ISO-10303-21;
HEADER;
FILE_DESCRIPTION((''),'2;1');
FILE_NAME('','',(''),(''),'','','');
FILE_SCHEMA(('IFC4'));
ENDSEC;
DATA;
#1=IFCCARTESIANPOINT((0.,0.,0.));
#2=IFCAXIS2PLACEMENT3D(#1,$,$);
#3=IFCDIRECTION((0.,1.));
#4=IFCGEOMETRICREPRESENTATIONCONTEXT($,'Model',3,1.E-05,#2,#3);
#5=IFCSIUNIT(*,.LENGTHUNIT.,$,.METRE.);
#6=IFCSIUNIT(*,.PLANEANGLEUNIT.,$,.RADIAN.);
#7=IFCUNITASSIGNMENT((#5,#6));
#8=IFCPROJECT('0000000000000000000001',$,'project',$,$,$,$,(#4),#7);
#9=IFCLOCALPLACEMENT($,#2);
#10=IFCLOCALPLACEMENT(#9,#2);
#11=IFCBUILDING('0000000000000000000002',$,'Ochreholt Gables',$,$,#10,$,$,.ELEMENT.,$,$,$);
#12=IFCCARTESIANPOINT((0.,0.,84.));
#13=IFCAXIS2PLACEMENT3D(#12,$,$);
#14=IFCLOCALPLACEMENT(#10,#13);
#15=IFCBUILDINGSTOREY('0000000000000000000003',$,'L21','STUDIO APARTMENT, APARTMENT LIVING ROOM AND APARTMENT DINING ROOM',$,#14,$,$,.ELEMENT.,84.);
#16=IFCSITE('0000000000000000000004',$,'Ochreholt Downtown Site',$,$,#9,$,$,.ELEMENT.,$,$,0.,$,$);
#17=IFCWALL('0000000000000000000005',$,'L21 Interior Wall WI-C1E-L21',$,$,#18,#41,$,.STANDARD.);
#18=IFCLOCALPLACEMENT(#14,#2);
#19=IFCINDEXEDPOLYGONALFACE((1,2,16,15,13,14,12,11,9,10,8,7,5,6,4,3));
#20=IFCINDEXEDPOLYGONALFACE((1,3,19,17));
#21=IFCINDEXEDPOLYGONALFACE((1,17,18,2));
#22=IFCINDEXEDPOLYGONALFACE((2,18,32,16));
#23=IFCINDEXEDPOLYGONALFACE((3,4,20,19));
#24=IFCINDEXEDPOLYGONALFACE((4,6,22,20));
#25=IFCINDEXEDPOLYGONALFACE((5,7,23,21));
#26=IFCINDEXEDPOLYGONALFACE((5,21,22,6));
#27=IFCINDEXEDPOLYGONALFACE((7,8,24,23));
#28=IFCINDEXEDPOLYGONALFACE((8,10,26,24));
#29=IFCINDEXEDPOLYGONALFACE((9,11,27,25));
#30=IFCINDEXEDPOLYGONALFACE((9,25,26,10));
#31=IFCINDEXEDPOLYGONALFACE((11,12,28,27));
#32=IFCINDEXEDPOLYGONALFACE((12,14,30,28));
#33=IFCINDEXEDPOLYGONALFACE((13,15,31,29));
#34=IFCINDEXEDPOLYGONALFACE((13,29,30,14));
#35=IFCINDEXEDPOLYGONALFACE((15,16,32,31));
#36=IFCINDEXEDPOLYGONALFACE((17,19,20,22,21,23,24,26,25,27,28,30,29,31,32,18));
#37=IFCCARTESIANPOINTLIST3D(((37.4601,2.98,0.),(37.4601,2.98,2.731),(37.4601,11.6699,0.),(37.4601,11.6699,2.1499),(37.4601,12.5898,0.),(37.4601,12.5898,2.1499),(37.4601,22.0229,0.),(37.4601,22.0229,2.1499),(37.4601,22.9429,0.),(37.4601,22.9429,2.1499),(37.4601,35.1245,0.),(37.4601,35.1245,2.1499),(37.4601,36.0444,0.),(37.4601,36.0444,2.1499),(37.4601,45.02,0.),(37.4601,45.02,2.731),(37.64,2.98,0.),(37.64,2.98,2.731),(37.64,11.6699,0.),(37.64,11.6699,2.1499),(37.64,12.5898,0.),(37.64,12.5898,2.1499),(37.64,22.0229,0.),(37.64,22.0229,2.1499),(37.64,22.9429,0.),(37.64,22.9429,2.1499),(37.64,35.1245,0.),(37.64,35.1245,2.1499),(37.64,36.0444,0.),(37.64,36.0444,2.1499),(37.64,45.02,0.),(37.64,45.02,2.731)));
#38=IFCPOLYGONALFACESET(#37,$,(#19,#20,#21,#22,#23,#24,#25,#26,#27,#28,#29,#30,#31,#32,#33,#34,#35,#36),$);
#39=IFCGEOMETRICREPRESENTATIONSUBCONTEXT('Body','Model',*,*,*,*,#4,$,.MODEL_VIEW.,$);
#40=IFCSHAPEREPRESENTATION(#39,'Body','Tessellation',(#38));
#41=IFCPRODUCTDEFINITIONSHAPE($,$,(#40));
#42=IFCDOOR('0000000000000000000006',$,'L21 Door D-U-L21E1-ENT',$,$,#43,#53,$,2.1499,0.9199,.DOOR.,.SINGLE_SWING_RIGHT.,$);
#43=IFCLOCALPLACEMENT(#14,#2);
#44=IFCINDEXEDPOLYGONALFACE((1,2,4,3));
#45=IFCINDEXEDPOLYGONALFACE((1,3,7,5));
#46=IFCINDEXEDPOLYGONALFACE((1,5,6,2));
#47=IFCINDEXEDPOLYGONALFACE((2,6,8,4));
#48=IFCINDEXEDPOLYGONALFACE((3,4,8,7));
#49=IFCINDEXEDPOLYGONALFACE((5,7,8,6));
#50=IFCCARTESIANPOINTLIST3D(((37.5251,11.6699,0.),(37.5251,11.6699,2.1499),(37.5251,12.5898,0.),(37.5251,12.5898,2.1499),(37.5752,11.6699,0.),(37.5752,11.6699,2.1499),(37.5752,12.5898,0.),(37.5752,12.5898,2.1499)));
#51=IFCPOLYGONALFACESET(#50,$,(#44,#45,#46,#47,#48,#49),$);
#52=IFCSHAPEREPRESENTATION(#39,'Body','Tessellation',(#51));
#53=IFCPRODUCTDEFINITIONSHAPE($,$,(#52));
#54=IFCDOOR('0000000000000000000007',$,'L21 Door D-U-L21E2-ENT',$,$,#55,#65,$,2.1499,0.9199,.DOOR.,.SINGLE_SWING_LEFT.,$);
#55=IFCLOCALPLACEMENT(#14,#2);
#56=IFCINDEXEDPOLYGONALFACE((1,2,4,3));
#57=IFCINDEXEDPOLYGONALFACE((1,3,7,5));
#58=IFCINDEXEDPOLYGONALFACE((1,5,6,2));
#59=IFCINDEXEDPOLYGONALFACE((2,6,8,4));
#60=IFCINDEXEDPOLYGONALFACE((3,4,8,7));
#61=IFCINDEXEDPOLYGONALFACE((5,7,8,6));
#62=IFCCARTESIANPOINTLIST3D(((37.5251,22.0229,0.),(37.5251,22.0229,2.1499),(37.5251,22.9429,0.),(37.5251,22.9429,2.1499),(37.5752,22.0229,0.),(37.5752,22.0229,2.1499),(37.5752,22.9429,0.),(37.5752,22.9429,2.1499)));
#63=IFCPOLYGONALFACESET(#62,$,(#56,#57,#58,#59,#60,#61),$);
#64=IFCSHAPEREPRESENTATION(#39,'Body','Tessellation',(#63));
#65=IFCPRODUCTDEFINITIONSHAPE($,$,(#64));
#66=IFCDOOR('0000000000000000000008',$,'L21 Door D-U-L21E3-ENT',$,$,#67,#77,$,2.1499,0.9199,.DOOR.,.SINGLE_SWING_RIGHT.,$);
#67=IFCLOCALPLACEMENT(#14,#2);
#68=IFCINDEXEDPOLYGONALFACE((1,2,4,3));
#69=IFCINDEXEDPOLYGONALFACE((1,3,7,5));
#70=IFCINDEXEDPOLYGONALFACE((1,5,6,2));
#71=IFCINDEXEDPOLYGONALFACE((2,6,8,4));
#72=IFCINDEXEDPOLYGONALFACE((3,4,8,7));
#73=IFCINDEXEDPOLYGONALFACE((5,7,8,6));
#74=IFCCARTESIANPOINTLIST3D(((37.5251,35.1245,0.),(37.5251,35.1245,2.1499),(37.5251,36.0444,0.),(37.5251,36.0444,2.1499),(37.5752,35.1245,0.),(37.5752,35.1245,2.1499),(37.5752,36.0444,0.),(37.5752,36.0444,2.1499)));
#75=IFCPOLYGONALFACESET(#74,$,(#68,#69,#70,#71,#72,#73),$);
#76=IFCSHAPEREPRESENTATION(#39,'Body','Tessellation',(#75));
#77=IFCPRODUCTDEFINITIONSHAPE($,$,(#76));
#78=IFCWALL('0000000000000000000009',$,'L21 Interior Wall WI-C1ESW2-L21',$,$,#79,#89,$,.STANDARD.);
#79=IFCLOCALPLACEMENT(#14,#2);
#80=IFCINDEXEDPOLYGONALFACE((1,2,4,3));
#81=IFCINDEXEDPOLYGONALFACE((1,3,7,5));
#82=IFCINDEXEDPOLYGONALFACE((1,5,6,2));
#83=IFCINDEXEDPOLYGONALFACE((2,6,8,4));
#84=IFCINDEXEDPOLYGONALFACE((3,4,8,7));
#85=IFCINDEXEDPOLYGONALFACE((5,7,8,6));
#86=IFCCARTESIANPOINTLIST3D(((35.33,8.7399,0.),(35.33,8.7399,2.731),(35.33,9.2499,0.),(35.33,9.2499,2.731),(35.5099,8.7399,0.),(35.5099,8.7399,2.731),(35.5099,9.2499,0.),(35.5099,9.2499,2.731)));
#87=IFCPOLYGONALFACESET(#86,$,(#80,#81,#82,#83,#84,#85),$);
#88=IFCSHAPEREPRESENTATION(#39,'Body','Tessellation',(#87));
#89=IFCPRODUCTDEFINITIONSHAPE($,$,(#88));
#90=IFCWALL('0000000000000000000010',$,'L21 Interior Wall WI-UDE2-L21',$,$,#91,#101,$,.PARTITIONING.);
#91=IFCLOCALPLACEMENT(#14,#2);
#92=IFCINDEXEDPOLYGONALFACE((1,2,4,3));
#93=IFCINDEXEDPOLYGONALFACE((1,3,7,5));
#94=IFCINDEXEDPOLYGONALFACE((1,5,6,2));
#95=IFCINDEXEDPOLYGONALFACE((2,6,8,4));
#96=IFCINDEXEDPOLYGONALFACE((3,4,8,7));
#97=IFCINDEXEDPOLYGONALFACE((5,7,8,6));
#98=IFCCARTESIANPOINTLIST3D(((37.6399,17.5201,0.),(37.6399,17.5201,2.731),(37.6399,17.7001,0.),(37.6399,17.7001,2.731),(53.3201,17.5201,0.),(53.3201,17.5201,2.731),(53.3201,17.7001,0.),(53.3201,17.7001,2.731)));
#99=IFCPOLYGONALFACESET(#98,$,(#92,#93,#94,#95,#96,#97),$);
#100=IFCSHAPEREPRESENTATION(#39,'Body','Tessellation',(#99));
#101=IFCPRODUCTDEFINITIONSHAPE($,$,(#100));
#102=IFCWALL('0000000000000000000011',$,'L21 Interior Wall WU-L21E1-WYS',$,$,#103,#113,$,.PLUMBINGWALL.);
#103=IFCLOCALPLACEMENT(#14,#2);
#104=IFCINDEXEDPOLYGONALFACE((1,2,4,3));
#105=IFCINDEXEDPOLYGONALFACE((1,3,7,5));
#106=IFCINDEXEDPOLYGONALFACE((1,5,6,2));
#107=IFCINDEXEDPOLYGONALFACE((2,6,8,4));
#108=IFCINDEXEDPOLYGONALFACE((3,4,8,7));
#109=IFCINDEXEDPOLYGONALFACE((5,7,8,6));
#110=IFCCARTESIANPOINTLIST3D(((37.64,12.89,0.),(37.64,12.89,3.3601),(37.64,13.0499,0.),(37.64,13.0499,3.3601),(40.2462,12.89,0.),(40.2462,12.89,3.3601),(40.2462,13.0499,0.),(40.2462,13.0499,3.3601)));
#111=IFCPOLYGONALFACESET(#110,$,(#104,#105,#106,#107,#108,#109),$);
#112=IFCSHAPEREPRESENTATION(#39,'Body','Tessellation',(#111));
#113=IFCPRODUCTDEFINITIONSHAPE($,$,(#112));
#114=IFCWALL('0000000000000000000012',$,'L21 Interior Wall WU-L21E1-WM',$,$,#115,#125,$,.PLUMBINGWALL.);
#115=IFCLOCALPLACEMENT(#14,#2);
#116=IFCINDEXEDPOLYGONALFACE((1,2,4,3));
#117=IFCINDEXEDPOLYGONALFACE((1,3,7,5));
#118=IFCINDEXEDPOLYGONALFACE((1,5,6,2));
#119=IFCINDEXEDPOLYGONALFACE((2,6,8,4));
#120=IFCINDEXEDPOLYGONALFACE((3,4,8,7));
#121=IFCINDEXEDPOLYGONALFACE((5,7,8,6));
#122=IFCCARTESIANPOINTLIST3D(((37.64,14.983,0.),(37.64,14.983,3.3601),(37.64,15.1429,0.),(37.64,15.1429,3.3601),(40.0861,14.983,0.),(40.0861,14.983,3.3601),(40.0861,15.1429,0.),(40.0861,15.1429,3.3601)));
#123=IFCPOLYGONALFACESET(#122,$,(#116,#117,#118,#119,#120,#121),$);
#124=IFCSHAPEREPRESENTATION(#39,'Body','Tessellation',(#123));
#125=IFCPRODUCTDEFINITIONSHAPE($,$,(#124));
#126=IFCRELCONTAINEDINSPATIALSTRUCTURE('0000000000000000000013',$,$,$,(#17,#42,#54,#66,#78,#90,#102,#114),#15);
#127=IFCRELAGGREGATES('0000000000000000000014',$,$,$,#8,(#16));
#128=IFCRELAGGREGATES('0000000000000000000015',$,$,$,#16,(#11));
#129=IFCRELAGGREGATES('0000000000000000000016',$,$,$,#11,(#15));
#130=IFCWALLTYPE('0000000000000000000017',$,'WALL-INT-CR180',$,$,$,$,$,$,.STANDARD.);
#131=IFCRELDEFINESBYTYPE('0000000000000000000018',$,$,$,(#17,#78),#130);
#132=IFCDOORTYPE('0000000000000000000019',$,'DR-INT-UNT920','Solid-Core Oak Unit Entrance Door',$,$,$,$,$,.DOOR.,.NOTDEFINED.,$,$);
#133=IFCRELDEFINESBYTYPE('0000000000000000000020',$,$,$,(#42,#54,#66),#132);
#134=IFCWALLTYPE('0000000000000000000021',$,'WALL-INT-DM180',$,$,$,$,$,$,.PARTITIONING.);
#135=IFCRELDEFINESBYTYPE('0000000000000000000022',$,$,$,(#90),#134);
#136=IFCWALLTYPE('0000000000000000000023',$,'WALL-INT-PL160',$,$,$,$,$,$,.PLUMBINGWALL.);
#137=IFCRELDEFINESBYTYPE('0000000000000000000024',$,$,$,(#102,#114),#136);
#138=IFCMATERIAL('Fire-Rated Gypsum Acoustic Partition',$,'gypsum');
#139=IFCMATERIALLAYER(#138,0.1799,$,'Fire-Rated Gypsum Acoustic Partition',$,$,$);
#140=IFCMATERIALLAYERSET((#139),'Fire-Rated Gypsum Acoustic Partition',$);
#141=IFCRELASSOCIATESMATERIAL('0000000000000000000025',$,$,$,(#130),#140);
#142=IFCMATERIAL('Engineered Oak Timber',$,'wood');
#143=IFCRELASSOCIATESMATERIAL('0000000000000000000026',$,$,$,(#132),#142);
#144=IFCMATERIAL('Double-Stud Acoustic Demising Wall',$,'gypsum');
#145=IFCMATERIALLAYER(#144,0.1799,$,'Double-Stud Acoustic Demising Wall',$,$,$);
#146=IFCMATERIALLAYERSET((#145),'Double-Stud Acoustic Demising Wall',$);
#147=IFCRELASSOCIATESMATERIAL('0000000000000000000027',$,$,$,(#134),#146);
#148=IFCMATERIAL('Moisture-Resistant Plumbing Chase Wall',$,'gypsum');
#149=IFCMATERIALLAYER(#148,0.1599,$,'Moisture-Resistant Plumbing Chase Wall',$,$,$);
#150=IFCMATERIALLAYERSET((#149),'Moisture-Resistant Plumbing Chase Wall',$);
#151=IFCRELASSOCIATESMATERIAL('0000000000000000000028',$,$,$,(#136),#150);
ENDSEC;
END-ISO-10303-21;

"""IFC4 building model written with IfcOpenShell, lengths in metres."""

from ifc_helpers import new_model, si_unit, direction, frame, frame_2d, origin, place, context, subcontext, project, spatial, rectangle, extrude, material, layer, layer_set, type_object, element, fill, save


model = new_model("IFC4")

# Units and contexts
model_context = context("Model", 3, precision=1e-05, world=origin(), true_north=direction((0.0, 1.0)))
body_context = subcontext(model_context, "Body", "Model", "MODEL_VIEW")
ifc_project = project(units=[si_unit("LENGTHUNIT", "METRE"), si_unit("PLANEANGLEUNIT", "RADIAN")], contexts=[model_context])

# Site, building, storey
site_placement = place(None, origin())
site = spatial("IfcSite", under=ifc_project, at=site_placement, Name="Ochreholt Downtown Site", CompositionType="ELEMENT", RefElevation=0.0)
building_placement = place(site_placement, origin())
building = spatial("IfcBuilding", under=site, at=building_placement, Name="Ochreholt Gables", CompositionType="ELEMENT")
storey_placement = place(building_placement, frame((0.0, 0.0, 84.0)))
storey = spatial("IfcBuildingStorey", under=building, at=storey_placement, Name="L21", Description="STUDIO APARTMENT, APARTMENT LIVING ROOM AND APARTMENT DINING ROOM", CompositionType="ELEMENT", Elevation=84.0)

# Wall, openings, doors
ifc_material_1 = material(Name="Fire-Rated Gypsum Acoustic Partition", Category="gypsum")
ifc_layer_1 = layer(ifc_material_1, 0.1799, Name="Fire-Rated Gypsum Acoustic Partition")
ifc_layer_set_1 = layer_set([ifc_layer_1], Name="Fire-Rated Gypsum Acoustic Partition")
wall_type_1 = type_object("IfcWallType", Name="WALL-INT-CR180", PredefinedType="STANDARD", material=ifc_layer_set_1)
wall_1_placement = place(storey_placement, frame((37.55, 2.98, 0.0), z_axis=(0.0, 0.0, 1.0), x_axis=(0.0, 1.0, 0.0)))
wall_1 = element("IfcWall", 1, at=wall_1_placement, inside=storey, type_object=wall_type_1, Name="L21 Interior Wall WI-C1E-L21", PredefinedType="STANDARD", context=body_context, shape_type="SweptSolid", body=[
    extrude(rectangle(XDim=42.04, YDim=0.1799, at=frame_2d((21.02, 0.0))), origin(), (0.0, 0.0, 1.0), 2.731),
])
opening_1_placement = place(wall_1_placement, frame((8.6899, 0.0, 0.0)))
opening_1 = element("IfcOpeningElement", 2, at=opening_1_placement, cuts=wall_1, PredefinedType="OPENING", context=body_context, shape_type="SweptSolid", body=[
    extrude(rectangle(XDim=0.9199, YDim=2.1499, at=frame_2d((0.46, 1.075))), frame((0.0, 0.0999, 0.0), z_axis=(0.0, -1.0, 0.0), x_axis=(1.0, 0.0, 0.0)), (0.0, 0.0, 1.0), 0.2),
])
opening_2_placement = place(wall_1_placement, frame((19.043, 0.0, 0.0)))
opening_2 = element("IfcOpeningElement", 3, at=opening_2_placement, cuts=wall_1, PredefinedType="OPENING", context=body_context, shape_type="SweptSolid", body=[
    extrude(rectangle(XDim=0.9199, YDim=2.1499, at=frame_2d((0.46, 1.075))), frame((0.0, 0.0999, 0.0), z_axis=(0.0, -1.0, 0.0), x_axis=(1.0, 0.0, 0.0)), (0.0, 0.0, 1.0), 0.2),
])
opening_3_placement = place(wall_1_placement, frame((32.1445, 0.0, 0.0)))
opening_3 = element("IfcOpeningElement", 4, at=opening_3_placement, cuts=wall_1, PredefinedType="OPENING", context=body_context, shape_type="SweptSolid", body=[
    extrude(rectangle(XDim=0.9199, YDim=2.1499, at=frame_2d((0.46, 1.075))), frame((0.0, 0.0999, 0.0), z_axis=(0.0, -1.0, 0.0), x_axis=(1.0, 0.0, 0.0)), (0.0, 0.0, 1.0), 0.2),
])
ifc_material_2 = material(Name="Engineered Oak Timber", Category="wood")
door_type_1 = type_object("IfcDoorType", Name="DR-INT-UNT920", Description="Solid-Core Oak Unit Entrance Door", OperationType="NOTDEFINED", PredefinedType="DOOR", material=ifc_material_2)
door_1_placement = place(opening_1_placement, origin())
door_1 = element("IfcDoor", 5, at=door_1_placement, inside=storey, type_object=door_type_1, Name="L21 Door D-U-L21E1-ENT", OperationType="SINGLE_SWING_RIGHT", OverallHeight=2.1499, OverallWidth=0.9199, PredefinedType="DOOR", context=body_context, shape_type="SweptSolid", body=[
    extrude(rectangle(XDim=0.9199, YDim=2.1499, at=frame_2d((0.46, 1.075))), frame((0.0, 0.0249, 0.0), z_axis=(0.0, -1.0, 0.0), x_axis=(1.0, 0.0, 0.0)), (0.0, 0.0, 1.0), 0.05),
])
fill(opening_1, door_1)
door_2_placement = place(opening_2_placement, origin())
door_2 = element("IfcDoor", 6, at=door_2_placement, inside=storey, type_object=door_type_1, Name="L21 Door D-U-L21E2-ENT", OperationType="SINGLE_SWING_LEFT", OverallHeight=2.1499, OverallWidth=0.9199, PredefinedType="DOOR", context=body_context, shape_type="SweptSolid", body=[
    extrude(rectangle(XDim=0.9199, YDim=2.1499, at=frame_2d((0.46, 1.075))), frame((0.0, 0.0249, 0.0), z_axis=(0.0, -1.0, 0.0), x_axis=(1.0, 0.0, 0.0)), (0.0, 0.0, 1.0), 0.05),
])
fill(opening_2, door_2)
door_3_placement = place(opening_3_placement, origin())
door_3 = element("IfcDoor", 7, at=door_3_placement, inside=storey, type_object=door_type_1, Name="L21 Door D-U-L21E3-ENT", OperationType="SINGLE_SWING_RIGHT", OverallHeight=2.1499, OverallWidth=0.9199, PredefinedType="DOOR", context=body_context, shape_type="SweptSolid", body=[
    extrude(rectangle(XDim=0.9199, YDim=2.1499, at=frame_2d((0.46, 1.075))), frame((0.0, 0.0249, 0.0), z_axis=(0.0, -1.0, 0.0), x_axis=(1.0, 0.0, 0.0)), (0.0, 0.0, 1.0), 0.05),
])
fill(opening_3, door_3)

# Walls
wall_2_placement = place(storey_placement, frame((35.4199, 8.74, 0.0), z_axis=(0.0, 0.0, 1.0), x_axis=(0.0, 1.0, 0.0)))
element("IfcWall", 8, at=wall_2_placement, inside=storey, type_object=wall_type_1, Name="L21 Interior Wall WI-C1ESW2-L21", PredefinedType="STANDARD", context=body_context, shape_type="SweptSolid", body=[
    extrude(rectangle(XDim=0.51, YDim=0.1799, at=frame_2d((0.2549, 0.0))), origin(), (0.0, 0.0, 1.0), 2.731),
])
ifc_material_3 = material(Name="Double-Stud Acoustic Demising Wall", Category="gypsum")
ifc_layer_2 = layer(ifc_material_3, 0.1799, Name="Double-Stud Acoustic Demising Wall")
ifc_layer_set_2 = layer_set([ifc_layer_2], Name="Double-Stud Acoustic Demising Wall")
wall_type_2 = type_object("IfcWallType", Name="WALL-INT-DM180", PredefinedType="PARTITIONING", material=ifc_layer_set_2)
wall_3_placement = place(storey_placement, frame((37.6399, 17.6101, 0.0), z_axis=(0.0, 0.0, 1.0), x_axis=(1.0, 0.0, 0.0)))
element("IfcWall", 9, at=wall_3_placement, inside=storey, type_object=wall_type_2, Name="L21 Interior Wall WI-UDE2-L21", PredefinedType="PARTITIONING", context=body_context, shape_type="SweptSolid", body=[
    extrude(rectangle(XDim=15.6802, YDim=0.1799, at=frame_2d((7.8401, 0.0))), origin(), (0.0, 0.0, 1.0), 2.731),
])
ifc_material_4 = material(Name="Moisture-Resistant Plumbing Chase Wall", Category="gypsum")
ifc_layer_3 = layer(ifc_material_4, 0.1599, Name="Moisture-Resistant Plumbing Chase Wall")
ifc_layer_set_3 = layer_set([ifc_layer_3], Name="Moisture-Resistant Plumbing Chase Wall")
wall_type_3 = type_object("IfcWallType", Name="WALL-INT-PL160", PredefinedType="PLUMBINGWALL", material=ifc_layer_set_3)
wall_4_placement = place(storey_placement, frame((37.6399, 12.97, 0.0), z_axis=(0.0, 0.0, 1.0), x_axis=(1.0, 0.0, 0.0)))
element("IfcWall", 10, at=wall_4_placement, inside=storey, type_object=wall_type_3, Name="L21 Interior Wall WU-L21E1-WYS", PredefinedType="PLUMBINGWALL", context=body_context, shape_type="SweptSolid", body=[
    extrude(rectangle(XDim=2.6062, YDim=0.1599, at=frame_2d((1.3032, 0.0))), origin(), (0.0, 0.0, 1.0), 3.3601),
])

# Wall
wall_5_placement = place(storey_placement, frame((37.6399, 15.063, 0.0), z_axis=(0.0, 0.0, 1.0), x_axis=(1.0, 0.0, 0.0)))
element("IfcWall", 11, at=wall_5_placement, inside=storey, type_object=wall_type_3, Name="L21 Interior Wall WU-L21E1-WM", PredefinedType="PLUMBINGWALL", context=body_context, shape_type="SweptSolid", body=[
    extrude(rectangle(XDim=2.446, YDim=0.1599, at=frame_2d((1.2231, 0.0))), origin(), (0.0, 0.0, 1.0), 3.3601),
])

save(model, "model.ifc")
